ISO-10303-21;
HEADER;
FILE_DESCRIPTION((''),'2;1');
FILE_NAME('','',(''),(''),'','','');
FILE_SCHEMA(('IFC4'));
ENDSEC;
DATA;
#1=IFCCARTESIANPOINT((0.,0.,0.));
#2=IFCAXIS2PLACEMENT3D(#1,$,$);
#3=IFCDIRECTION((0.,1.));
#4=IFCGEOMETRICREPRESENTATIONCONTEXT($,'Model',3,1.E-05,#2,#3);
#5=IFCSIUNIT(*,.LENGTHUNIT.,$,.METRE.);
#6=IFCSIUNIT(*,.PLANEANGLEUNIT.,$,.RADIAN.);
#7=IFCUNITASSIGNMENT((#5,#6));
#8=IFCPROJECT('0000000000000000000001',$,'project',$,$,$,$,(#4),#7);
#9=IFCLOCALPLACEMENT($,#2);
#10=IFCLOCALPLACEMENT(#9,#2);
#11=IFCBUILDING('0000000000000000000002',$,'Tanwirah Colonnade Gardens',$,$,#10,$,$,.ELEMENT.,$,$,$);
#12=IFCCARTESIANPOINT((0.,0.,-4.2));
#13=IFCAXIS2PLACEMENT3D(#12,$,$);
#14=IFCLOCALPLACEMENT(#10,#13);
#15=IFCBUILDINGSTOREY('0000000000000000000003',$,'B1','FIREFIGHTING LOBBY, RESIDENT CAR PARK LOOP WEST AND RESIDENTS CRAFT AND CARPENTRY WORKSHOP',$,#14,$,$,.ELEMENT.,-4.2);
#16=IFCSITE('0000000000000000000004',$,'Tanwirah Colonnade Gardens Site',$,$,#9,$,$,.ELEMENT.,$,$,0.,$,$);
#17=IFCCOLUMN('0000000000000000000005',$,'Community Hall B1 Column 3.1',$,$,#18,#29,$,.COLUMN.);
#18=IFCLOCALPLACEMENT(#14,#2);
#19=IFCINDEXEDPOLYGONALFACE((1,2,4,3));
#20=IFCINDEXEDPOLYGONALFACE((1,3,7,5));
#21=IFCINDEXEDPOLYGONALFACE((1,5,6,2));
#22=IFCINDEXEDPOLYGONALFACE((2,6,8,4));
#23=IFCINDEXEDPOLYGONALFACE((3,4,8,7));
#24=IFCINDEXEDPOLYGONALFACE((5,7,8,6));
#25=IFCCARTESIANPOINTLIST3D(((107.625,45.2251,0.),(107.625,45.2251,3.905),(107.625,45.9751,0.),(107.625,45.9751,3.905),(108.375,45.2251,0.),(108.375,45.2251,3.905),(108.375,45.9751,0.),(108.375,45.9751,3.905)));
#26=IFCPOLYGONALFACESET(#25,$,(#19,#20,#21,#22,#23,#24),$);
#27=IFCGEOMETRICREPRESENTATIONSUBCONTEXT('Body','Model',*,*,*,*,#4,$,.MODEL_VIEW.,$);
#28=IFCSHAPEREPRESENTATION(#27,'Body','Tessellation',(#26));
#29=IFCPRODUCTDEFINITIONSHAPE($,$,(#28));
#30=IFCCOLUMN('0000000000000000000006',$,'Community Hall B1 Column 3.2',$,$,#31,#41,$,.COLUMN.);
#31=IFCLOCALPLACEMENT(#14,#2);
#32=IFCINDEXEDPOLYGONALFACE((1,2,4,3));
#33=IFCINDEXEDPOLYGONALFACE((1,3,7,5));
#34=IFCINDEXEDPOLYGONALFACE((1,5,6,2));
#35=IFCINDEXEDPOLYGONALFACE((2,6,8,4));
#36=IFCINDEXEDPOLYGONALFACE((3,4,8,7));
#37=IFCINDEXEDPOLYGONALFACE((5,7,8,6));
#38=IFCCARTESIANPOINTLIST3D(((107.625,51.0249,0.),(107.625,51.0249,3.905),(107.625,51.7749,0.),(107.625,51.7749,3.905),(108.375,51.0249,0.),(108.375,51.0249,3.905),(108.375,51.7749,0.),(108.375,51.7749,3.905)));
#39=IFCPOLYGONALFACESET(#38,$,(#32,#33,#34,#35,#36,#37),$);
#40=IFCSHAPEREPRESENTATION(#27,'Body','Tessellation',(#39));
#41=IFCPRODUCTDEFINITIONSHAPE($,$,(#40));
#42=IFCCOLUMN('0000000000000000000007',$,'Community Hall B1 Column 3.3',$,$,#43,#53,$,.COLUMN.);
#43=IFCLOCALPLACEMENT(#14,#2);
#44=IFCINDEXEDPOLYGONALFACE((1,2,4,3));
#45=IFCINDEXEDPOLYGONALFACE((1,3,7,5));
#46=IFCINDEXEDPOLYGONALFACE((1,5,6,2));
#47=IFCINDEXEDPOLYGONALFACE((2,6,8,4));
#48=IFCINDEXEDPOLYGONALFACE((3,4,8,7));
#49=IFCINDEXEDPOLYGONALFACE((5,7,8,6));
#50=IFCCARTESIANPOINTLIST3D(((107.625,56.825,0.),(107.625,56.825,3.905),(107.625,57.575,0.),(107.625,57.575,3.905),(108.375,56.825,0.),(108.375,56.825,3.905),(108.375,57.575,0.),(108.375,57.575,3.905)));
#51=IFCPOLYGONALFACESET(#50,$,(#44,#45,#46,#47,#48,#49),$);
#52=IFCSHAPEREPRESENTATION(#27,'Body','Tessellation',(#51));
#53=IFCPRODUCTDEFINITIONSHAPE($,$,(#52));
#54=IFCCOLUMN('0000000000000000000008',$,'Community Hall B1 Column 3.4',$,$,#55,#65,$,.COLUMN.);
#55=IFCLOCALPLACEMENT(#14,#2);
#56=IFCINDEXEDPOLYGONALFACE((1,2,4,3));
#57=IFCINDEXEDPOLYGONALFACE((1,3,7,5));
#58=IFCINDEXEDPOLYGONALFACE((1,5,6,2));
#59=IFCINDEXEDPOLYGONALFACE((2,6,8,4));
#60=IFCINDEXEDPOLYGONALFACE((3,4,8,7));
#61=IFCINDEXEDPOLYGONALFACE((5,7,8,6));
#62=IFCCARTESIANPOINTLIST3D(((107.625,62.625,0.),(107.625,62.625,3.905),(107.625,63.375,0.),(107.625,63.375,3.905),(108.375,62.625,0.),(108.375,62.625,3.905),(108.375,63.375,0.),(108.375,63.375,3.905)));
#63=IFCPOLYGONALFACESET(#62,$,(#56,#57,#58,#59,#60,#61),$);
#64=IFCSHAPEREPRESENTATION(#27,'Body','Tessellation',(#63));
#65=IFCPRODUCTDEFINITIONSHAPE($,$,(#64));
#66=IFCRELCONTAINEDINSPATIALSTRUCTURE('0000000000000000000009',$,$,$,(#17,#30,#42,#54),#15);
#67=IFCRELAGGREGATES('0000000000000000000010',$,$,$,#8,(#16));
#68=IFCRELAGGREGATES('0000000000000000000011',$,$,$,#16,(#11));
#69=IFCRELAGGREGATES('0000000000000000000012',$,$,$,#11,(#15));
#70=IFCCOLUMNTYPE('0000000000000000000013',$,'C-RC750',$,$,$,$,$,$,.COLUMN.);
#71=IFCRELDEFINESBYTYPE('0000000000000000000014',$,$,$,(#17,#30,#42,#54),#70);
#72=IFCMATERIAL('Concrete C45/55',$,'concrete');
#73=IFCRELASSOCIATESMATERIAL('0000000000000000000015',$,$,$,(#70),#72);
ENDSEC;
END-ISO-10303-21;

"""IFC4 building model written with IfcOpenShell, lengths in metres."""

from ifc_helpers import new_model, si_unit, direction, frame, origin, origin_2d, place, context, subcontext, project, spatial, rectangle, extrude, material, material_profile, profile_set, type_object, element, save


model = new_model("IFC4")

# Units and contexts
model_context = context("Model", 3, precision=1e-05, world=origin(), true_north=direction((0.0, 1.0)))
body_context = subcontext(model_context, "Body", "Model", "MODEL_VIEW")
ifc_project = project(units=[si_unit("LENGTHUNIT", "METRE"), si_unit("PLANEANGLEUNIT", "RADIAN")], contexts=[model_context])

# Site, building, storey
site_placement = place(None, origin())
site = spatial("IfcSite", under=ifc_project, at=site_placement, Name="Tanwirah Colonnade Gardens Site", CompositionType="ELEMENT", RefElevation=0.0)
building_placement = place(site_placement, origin())
building = spatial("IfcBuilding", under=site, at=building_placement, Name="Tanwirah Colonnade Gardens", CompositionType="ELEMENT")
storey_placement = place(building_placement, frame((0.0, 0.0, -4.2)))
storey = spatial("IfcBuildingStorey", under=building, at=storey_placement, Name="B1", Description="FIREFIGHTING LOBBY, RESIDENT CAR PARK LOOP WEST AND RESIDENTS CRAFT AND CARPENTRY WORKSHOP", CompositionType="ELEMENT", Elevation=-4.2)

# Shared definitions
ifc_material = material(Name="Concrete C45/55", Category="concrete")

# Columns
ifc_material_profile_1 = material_profile(ifc_material, rectangle(XDim=0.75, YDim=0.75, at=origin_2d()), Name="RC-COL 750x750")
ifc_profile_set_1 = profile_set([ifc_material_profile_1], Name="Concrete C45/55")
column_type_1 = type_object("IfcColumnType", Name="C-RC750", PredefinedType="COLUMN", material=ifc_profile_set_1)
for number, where, z_axis, x_axis, name in (
    (1, (108.0, 45.6001, 0.0), (0.0, 0.0, 1.0), (1.0, 0.0, 0.0), "Community Hall B1 Column 3.1"),
    (2, (108.0, 51.3999, 0.0), (0.0, 0.0, 1.0), (1.0, 0.0, 0.0), "Community Hall B1 Column 3.2"),
    (3, (108.0, 57.2, 0.0), (0.0, 0.0, 1.0), (1.0, 0.0, 0.0), "Community Hall B1 Column 3.3"),
    (4, (108.0, 63.0, 0.0), (0.0, 0.0, 1.0), (1.0, 0.0, 0.0), "Community Hall B1 Column 3.4"),
):
    element("IfcColumn", number, at=place(storey_placement, frame(where, z_axis=z_axis, x_axis=x_axis)), inside=storey, type_object=column_type_1, Name=name, PredefinedType="COLUMN", context=body_context, shape_type="SweptSolid", body=[
        extrude(rectangle(XDim=0.75, YDim=0.75, at=origin_2d()), origin(), (0.0, 0.0, 1.0), 3.905),
    ])

save(model, "model.ifc")
